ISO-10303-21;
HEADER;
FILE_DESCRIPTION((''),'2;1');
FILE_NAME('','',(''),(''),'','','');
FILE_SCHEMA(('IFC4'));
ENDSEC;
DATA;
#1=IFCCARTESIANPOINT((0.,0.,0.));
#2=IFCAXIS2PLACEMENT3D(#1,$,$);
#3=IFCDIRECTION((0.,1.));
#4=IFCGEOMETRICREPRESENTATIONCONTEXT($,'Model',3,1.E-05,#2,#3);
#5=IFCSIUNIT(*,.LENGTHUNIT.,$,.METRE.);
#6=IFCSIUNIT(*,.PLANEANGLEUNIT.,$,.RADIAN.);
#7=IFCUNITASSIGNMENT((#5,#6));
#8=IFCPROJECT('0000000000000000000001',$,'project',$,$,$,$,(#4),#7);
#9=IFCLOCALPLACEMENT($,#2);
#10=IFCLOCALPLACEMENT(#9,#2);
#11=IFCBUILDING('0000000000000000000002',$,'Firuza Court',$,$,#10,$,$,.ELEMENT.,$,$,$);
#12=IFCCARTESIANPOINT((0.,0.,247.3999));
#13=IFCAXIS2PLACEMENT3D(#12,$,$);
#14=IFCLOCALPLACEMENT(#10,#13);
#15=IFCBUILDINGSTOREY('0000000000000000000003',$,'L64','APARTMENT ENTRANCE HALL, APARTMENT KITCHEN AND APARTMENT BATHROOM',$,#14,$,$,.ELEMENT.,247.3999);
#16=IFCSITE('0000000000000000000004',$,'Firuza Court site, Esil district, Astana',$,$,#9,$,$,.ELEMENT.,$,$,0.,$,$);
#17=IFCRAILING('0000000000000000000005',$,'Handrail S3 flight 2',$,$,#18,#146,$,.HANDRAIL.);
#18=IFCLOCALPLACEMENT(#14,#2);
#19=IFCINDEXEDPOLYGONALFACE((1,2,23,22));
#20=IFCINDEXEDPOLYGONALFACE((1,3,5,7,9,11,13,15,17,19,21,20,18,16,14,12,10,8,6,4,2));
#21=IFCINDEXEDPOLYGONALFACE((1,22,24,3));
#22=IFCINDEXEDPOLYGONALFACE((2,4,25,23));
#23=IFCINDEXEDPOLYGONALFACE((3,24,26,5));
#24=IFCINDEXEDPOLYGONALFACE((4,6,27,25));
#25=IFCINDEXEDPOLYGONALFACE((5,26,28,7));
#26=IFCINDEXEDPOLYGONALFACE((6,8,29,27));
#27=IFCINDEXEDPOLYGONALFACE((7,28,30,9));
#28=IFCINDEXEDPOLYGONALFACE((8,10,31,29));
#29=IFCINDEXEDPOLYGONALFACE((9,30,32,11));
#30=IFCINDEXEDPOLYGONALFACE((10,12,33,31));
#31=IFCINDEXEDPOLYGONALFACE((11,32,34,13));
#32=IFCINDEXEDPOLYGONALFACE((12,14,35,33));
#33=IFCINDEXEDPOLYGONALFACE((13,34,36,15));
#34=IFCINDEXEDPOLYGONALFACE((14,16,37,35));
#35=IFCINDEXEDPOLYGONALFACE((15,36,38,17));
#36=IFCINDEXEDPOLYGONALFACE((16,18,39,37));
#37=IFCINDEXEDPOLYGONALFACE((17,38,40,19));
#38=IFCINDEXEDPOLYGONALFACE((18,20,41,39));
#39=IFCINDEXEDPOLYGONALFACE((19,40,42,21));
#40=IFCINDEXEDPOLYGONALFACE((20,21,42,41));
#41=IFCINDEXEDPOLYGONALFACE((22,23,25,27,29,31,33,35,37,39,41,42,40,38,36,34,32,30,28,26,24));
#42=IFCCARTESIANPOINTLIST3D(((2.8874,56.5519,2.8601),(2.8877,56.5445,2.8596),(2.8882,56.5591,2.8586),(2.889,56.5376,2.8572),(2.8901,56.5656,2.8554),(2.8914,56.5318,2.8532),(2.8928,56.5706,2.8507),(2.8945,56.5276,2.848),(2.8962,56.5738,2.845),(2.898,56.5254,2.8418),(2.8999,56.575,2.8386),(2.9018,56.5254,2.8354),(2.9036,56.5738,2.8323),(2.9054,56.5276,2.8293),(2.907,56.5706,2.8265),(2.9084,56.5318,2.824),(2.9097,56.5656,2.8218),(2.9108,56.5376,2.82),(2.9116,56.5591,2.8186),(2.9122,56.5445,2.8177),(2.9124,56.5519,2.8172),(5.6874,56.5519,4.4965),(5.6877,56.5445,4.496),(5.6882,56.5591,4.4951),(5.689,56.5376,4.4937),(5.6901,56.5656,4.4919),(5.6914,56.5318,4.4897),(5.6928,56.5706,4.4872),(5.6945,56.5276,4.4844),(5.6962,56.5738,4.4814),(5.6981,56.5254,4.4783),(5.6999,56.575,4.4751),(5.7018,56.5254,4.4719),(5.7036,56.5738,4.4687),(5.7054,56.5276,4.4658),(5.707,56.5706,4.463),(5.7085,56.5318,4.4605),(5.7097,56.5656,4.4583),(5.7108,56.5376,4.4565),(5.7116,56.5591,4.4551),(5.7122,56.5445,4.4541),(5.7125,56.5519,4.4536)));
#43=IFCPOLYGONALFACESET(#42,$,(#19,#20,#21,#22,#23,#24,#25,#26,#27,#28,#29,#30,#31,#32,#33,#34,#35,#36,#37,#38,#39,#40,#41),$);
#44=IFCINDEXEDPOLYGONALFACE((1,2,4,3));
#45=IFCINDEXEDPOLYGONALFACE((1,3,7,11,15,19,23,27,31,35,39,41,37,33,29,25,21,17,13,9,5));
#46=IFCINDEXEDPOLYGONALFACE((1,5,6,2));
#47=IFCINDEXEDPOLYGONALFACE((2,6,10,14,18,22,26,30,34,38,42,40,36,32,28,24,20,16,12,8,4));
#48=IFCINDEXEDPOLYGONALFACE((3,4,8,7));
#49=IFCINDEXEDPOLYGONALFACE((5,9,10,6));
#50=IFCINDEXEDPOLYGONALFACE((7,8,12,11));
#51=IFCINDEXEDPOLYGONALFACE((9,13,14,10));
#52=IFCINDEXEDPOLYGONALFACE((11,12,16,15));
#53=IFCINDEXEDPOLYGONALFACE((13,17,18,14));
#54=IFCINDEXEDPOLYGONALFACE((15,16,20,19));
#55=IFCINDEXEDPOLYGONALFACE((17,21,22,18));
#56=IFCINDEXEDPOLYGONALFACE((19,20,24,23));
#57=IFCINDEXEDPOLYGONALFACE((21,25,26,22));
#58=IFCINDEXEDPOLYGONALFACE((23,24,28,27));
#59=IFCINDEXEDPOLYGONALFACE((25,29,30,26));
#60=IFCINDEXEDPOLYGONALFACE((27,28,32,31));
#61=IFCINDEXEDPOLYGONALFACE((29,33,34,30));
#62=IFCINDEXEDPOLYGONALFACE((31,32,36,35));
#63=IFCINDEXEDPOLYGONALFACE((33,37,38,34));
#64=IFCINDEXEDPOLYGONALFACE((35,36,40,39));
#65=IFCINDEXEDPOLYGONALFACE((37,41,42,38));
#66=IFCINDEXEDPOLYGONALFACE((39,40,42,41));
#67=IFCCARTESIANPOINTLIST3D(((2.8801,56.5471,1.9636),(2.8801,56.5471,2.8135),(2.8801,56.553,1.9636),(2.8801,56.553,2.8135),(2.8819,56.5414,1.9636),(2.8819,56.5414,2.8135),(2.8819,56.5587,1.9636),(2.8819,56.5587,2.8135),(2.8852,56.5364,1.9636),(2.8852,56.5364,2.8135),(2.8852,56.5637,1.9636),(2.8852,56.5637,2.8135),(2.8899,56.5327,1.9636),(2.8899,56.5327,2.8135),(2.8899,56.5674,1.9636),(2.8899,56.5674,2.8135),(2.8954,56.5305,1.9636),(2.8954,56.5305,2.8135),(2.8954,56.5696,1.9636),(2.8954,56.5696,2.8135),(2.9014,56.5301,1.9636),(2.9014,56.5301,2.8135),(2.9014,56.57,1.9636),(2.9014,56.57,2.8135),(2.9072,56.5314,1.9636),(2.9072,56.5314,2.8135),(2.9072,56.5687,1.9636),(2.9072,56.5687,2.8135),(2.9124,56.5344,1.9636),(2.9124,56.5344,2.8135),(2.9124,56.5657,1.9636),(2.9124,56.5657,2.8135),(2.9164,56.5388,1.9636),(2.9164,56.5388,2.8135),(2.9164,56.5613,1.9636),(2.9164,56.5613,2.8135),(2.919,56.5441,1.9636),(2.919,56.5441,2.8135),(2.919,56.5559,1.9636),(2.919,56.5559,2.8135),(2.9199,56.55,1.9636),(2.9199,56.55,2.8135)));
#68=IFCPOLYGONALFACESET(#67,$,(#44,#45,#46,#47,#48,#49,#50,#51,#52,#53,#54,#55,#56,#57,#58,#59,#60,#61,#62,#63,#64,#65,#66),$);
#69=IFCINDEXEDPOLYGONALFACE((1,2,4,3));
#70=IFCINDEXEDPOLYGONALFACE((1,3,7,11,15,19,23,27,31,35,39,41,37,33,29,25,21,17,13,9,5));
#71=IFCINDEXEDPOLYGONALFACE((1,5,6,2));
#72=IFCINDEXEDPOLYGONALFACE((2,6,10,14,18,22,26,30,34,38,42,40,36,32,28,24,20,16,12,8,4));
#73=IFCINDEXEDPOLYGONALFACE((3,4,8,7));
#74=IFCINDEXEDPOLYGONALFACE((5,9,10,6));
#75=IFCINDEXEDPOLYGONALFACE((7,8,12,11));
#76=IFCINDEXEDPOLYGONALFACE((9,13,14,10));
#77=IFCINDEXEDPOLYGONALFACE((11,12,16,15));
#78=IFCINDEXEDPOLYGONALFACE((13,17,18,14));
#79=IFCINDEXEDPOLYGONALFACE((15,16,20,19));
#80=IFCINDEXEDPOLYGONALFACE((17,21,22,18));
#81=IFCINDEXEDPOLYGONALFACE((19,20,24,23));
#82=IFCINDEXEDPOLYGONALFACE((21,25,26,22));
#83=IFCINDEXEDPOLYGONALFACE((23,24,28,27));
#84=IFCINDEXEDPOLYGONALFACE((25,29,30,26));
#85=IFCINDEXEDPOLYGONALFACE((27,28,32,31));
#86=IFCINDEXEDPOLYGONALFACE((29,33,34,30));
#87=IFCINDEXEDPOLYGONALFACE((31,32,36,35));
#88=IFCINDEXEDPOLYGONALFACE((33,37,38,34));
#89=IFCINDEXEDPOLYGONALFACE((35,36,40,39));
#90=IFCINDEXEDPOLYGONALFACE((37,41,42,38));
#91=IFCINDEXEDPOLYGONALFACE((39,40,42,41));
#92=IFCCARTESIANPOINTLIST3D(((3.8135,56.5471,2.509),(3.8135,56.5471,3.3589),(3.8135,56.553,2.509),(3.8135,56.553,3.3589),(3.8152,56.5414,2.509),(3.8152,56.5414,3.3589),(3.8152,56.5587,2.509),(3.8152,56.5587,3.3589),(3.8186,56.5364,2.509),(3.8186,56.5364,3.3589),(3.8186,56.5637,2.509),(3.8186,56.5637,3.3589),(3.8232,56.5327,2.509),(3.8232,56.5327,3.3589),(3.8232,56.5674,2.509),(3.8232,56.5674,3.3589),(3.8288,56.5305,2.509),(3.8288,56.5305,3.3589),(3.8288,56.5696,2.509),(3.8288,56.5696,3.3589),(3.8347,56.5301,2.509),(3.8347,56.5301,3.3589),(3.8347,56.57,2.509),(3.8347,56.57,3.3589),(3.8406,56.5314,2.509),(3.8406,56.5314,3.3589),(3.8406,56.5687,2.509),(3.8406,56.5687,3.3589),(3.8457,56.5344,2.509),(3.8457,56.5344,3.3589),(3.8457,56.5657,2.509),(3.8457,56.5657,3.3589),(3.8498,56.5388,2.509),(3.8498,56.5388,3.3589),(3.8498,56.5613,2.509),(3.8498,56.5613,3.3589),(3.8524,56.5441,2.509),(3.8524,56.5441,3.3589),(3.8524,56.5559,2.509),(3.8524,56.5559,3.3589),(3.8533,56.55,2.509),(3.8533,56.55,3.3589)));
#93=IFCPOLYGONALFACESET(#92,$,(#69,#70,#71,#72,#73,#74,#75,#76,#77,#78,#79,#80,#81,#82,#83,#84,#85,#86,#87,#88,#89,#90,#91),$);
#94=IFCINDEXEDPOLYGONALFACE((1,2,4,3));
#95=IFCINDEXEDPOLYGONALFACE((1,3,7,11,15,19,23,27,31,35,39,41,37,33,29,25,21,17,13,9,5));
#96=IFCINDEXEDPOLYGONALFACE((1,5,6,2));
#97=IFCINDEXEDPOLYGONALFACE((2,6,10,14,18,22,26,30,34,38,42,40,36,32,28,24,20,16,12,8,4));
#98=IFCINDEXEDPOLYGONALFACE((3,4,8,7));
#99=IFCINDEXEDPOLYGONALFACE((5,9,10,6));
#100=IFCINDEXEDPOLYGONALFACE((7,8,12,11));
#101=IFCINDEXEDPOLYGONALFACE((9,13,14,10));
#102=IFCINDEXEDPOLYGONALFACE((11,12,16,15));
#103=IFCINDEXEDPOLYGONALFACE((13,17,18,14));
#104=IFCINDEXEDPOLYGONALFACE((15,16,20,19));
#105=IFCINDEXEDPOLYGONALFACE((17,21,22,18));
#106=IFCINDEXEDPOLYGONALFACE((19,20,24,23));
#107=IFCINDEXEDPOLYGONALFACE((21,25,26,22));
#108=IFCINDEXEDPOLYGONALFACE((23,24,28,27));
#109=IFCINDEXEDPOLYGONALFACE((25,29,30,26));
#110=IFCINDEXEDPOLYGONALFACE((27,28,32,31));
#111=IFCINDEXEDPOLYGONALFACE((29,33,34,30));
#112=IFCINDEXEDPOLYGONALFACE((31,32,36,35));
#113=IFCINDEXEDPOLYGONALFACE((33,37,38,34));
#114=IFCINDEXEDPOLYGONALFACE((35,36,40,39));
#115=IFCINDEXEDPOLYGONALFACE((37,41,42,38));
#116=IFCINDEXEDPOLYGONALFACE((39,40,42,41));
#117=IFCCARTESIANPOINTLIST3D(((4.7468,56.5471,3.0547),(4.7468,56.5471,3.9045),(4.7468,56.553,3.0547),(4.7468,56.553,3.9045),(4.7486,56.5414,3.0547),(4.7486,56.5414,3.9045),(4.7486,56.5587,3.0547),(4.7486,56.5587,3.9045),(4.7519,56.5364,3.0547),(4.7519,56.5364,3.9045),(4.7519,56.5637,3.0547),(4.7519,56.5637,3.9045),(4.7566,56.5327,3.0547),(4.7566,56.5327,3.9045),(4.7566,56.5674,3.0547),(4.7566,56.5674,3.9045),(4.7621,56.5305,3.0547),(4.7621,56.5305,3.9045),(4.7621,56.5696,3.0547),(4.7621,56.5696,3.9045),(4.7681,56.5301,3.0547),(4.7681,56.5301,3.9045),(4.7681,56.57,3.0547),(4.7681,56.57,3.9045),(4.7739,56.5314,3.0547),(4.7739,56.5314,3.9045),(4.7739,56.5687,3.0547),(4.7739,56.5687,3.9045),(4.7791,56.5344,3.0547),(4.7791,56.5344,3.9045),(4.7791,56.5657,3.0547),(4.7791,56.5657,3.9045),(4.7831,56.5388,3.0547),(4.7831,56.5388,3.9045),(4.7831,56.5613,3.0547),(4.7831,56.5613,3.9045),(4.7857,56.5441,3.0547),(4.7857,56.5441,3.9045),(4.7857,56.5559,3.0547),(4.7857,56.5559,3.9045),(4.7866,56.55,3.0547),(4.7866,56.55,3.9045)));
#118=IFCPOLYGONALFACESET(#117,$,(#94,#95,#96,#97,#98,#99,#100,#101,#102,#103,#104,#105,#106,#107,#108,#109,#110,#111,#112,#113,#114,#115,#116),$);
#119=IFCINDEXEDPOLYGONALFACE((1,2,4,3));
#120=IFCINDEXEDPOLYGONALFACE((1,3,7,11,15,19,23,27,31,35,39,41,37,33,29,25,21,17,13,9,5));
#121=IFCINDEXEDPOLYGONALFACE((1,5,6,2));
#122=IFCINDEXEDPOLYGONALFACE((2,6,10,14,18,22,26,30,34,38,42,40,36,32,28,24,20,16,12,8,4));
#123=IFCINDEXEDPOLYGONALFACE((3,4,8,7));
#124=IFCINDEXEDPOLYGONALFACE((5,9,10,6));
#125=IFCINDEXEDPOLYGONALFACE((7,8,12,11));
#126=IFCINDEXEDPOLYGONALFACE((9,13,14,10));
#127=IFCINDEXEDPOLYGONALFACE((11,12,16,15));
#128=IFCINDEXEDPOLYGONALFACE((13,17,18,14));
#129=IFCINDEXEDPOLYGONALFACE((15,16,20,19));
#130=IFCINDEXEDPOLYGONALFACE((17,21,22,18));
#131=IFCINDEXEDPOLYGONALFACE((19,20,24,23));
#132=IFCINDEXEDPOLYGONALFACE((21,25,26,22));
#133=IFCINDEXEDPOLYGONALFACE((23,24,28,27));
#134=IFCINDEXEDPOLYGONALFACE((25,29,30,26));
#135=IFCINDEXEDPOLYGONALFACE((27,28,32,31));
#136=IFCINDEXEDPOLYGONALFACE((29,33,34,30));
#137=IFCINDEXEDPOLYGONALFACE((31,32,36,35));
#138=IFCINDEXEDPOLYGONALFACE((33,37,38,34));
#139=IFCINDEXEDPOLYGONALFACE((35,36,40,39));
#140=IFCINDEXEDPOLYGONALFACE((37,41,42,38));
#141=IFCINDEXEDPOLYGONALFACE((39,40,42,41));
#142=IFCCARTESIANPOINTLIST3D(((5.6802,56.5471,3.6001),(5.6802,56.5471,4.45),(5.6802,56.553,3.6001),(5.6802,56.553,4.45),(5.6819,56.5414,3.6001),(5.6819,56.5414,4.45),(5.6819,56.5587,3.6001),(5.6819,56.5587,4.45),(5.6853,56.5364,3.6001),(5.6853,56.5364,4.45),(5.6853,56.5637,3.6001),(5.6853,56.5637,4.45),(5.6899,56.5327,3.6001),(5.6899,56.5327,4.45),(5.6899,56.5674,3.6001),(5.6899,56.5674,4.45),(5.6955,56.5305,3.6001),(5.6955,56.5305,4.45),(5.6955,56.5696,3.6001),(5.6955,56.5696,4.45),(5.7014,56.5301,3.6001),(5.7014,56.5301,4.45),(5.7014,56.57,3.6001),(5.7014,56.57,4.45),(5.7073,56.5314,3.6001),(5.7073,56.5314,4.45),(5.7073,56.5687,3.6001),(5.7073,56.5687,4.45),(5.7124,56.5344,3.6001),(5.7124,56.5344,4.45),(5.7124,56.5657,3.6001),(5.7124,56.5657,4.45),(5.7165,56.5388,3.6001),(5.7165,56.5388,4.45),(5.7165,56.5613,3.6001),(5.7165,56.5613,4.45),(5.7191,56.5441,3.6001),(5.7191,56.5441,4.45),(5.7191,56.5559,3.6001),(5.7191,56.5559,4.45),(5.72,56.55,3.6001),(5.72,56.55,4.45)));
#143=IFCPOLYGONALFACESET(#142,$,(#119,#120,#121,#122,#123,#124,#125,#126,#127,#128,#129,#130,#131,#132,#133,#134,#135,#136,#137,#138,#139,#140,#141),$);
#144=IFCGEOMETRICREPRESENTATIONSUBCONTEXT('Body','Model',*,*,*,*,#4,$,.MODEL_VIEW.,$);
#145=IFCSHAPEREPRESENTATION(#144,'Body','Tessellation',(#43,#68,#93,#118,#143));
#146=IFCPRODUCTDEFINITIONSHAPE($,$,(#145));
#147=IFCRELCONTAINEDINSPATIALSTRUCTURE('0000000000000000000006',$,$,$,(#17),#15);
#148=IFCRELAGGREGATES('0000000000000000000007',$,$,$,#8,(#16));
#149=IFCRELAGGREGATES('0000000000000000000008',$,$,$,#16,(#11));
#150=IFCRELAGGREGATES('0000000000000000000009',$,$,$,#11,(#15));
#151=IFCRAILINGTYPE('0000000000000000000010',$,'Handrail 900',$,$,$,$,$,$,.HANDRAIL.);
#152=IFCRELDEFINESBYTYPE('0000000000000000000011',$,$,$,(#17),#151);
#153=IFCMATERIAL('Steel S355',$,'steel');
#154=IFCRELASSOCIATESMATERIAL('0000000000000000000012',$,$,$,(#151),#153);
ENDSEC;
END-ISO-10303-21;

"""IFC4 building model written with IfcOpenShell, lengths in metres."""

from ifc_helpers import new_model, si_unit, direction, frame, origin, origin_2d, place, context, subcontext, project, spatial, circle, extrude, material, type_object, element, save


model = new_model("IFC4")

# Units and contexts
model_context = context("Model", 3, precision=1e-05, world=origin(), true_north=direction((0.0, 1.0)))
body_context = subcontext(model_context, "Body", "Model", "MODEL_VIEW")
ifc_project = project(units=[si_unit("LENGTHUNIT", "METRE"), si_unit("PLANEANGLEUNIT", "RADIAN")], contexts=[model_context])

# Site, building, storey
site_placement = place(None, origin())
site = spatial("IfcSite", under=ifc_project, at=site_placement, Name="Firuza Court site, Esil district, Astana", CompositionType="ELEMENT", RefElevation=0.0)
building_placement = place(site_placement, origin())
building = spatial("IfcBuilding", under=site, at=building_placement, Name="Firuza Court", CompositionType="ELEMENT")
storey_placement = place(building_placement, frame((0.0, 0.0, 247.3999)))
storey = spatial("IfcBuildingStorey", under=building, at=storey_placement, Name="L64", Description="APARTMENT ENTRANCE HALL, APARTMENT KITCHEN AND APARTMENT BATHROOM", CompositionType="ELEMENT", Elevation=247.3999)

# Railing
ifc_material_1 = material(Name="Steel S355", Category="steel")
railing_type_1 = type_object("IfcRailingType", Name="Handrail 900", PredefinedType="HANDRAIL", material=ifc_material_1)
railing_1_placement = place(storey_placement, frame((2.8999, 56.55, 1.9636)))
element("IfcRailing", 1, at=railing_1_placement, inside=storey, type_object=railing_type_1, Name="Handrail S3 flight 2", PredefinedType="HANDRAIL", context=body_context, shape_type="SweptSolid", body=[
    extrude(circle(Radius=0.0249, at=origin_2d()), frame((0.0, 0.0, 0.875), z_axis=(0.863361, 0.0, 0.504587), x_axis=(0.0, 1.0, 0.0)), (0.0, 0.0, 1.0), 3.2432),
    extrude(circle(Radius=0.02, at=origin_2d()), origin(), (0.0, 0.0, 1.0), 0.8499),
    extrude(circle(Radius=0.02, at=origin_2d()), frame((0.9333, 0.0, 0.5454)), (0.0, 0.0, 1.0), 0.8499),
    extrude(circle(Radius=0.02, at=origin_2d()), frame((1.8667, 0.0, 1.0911)), (0.0, 0.0, 1.0), 0.8499),
    extrude(circle(Radius=0.02, at=origin_2d()), frame((2.8, 0.0, 1.6365)), (0.0, 0.0, 1.0), 0.8499),
])

save(model, "model.ifc")
